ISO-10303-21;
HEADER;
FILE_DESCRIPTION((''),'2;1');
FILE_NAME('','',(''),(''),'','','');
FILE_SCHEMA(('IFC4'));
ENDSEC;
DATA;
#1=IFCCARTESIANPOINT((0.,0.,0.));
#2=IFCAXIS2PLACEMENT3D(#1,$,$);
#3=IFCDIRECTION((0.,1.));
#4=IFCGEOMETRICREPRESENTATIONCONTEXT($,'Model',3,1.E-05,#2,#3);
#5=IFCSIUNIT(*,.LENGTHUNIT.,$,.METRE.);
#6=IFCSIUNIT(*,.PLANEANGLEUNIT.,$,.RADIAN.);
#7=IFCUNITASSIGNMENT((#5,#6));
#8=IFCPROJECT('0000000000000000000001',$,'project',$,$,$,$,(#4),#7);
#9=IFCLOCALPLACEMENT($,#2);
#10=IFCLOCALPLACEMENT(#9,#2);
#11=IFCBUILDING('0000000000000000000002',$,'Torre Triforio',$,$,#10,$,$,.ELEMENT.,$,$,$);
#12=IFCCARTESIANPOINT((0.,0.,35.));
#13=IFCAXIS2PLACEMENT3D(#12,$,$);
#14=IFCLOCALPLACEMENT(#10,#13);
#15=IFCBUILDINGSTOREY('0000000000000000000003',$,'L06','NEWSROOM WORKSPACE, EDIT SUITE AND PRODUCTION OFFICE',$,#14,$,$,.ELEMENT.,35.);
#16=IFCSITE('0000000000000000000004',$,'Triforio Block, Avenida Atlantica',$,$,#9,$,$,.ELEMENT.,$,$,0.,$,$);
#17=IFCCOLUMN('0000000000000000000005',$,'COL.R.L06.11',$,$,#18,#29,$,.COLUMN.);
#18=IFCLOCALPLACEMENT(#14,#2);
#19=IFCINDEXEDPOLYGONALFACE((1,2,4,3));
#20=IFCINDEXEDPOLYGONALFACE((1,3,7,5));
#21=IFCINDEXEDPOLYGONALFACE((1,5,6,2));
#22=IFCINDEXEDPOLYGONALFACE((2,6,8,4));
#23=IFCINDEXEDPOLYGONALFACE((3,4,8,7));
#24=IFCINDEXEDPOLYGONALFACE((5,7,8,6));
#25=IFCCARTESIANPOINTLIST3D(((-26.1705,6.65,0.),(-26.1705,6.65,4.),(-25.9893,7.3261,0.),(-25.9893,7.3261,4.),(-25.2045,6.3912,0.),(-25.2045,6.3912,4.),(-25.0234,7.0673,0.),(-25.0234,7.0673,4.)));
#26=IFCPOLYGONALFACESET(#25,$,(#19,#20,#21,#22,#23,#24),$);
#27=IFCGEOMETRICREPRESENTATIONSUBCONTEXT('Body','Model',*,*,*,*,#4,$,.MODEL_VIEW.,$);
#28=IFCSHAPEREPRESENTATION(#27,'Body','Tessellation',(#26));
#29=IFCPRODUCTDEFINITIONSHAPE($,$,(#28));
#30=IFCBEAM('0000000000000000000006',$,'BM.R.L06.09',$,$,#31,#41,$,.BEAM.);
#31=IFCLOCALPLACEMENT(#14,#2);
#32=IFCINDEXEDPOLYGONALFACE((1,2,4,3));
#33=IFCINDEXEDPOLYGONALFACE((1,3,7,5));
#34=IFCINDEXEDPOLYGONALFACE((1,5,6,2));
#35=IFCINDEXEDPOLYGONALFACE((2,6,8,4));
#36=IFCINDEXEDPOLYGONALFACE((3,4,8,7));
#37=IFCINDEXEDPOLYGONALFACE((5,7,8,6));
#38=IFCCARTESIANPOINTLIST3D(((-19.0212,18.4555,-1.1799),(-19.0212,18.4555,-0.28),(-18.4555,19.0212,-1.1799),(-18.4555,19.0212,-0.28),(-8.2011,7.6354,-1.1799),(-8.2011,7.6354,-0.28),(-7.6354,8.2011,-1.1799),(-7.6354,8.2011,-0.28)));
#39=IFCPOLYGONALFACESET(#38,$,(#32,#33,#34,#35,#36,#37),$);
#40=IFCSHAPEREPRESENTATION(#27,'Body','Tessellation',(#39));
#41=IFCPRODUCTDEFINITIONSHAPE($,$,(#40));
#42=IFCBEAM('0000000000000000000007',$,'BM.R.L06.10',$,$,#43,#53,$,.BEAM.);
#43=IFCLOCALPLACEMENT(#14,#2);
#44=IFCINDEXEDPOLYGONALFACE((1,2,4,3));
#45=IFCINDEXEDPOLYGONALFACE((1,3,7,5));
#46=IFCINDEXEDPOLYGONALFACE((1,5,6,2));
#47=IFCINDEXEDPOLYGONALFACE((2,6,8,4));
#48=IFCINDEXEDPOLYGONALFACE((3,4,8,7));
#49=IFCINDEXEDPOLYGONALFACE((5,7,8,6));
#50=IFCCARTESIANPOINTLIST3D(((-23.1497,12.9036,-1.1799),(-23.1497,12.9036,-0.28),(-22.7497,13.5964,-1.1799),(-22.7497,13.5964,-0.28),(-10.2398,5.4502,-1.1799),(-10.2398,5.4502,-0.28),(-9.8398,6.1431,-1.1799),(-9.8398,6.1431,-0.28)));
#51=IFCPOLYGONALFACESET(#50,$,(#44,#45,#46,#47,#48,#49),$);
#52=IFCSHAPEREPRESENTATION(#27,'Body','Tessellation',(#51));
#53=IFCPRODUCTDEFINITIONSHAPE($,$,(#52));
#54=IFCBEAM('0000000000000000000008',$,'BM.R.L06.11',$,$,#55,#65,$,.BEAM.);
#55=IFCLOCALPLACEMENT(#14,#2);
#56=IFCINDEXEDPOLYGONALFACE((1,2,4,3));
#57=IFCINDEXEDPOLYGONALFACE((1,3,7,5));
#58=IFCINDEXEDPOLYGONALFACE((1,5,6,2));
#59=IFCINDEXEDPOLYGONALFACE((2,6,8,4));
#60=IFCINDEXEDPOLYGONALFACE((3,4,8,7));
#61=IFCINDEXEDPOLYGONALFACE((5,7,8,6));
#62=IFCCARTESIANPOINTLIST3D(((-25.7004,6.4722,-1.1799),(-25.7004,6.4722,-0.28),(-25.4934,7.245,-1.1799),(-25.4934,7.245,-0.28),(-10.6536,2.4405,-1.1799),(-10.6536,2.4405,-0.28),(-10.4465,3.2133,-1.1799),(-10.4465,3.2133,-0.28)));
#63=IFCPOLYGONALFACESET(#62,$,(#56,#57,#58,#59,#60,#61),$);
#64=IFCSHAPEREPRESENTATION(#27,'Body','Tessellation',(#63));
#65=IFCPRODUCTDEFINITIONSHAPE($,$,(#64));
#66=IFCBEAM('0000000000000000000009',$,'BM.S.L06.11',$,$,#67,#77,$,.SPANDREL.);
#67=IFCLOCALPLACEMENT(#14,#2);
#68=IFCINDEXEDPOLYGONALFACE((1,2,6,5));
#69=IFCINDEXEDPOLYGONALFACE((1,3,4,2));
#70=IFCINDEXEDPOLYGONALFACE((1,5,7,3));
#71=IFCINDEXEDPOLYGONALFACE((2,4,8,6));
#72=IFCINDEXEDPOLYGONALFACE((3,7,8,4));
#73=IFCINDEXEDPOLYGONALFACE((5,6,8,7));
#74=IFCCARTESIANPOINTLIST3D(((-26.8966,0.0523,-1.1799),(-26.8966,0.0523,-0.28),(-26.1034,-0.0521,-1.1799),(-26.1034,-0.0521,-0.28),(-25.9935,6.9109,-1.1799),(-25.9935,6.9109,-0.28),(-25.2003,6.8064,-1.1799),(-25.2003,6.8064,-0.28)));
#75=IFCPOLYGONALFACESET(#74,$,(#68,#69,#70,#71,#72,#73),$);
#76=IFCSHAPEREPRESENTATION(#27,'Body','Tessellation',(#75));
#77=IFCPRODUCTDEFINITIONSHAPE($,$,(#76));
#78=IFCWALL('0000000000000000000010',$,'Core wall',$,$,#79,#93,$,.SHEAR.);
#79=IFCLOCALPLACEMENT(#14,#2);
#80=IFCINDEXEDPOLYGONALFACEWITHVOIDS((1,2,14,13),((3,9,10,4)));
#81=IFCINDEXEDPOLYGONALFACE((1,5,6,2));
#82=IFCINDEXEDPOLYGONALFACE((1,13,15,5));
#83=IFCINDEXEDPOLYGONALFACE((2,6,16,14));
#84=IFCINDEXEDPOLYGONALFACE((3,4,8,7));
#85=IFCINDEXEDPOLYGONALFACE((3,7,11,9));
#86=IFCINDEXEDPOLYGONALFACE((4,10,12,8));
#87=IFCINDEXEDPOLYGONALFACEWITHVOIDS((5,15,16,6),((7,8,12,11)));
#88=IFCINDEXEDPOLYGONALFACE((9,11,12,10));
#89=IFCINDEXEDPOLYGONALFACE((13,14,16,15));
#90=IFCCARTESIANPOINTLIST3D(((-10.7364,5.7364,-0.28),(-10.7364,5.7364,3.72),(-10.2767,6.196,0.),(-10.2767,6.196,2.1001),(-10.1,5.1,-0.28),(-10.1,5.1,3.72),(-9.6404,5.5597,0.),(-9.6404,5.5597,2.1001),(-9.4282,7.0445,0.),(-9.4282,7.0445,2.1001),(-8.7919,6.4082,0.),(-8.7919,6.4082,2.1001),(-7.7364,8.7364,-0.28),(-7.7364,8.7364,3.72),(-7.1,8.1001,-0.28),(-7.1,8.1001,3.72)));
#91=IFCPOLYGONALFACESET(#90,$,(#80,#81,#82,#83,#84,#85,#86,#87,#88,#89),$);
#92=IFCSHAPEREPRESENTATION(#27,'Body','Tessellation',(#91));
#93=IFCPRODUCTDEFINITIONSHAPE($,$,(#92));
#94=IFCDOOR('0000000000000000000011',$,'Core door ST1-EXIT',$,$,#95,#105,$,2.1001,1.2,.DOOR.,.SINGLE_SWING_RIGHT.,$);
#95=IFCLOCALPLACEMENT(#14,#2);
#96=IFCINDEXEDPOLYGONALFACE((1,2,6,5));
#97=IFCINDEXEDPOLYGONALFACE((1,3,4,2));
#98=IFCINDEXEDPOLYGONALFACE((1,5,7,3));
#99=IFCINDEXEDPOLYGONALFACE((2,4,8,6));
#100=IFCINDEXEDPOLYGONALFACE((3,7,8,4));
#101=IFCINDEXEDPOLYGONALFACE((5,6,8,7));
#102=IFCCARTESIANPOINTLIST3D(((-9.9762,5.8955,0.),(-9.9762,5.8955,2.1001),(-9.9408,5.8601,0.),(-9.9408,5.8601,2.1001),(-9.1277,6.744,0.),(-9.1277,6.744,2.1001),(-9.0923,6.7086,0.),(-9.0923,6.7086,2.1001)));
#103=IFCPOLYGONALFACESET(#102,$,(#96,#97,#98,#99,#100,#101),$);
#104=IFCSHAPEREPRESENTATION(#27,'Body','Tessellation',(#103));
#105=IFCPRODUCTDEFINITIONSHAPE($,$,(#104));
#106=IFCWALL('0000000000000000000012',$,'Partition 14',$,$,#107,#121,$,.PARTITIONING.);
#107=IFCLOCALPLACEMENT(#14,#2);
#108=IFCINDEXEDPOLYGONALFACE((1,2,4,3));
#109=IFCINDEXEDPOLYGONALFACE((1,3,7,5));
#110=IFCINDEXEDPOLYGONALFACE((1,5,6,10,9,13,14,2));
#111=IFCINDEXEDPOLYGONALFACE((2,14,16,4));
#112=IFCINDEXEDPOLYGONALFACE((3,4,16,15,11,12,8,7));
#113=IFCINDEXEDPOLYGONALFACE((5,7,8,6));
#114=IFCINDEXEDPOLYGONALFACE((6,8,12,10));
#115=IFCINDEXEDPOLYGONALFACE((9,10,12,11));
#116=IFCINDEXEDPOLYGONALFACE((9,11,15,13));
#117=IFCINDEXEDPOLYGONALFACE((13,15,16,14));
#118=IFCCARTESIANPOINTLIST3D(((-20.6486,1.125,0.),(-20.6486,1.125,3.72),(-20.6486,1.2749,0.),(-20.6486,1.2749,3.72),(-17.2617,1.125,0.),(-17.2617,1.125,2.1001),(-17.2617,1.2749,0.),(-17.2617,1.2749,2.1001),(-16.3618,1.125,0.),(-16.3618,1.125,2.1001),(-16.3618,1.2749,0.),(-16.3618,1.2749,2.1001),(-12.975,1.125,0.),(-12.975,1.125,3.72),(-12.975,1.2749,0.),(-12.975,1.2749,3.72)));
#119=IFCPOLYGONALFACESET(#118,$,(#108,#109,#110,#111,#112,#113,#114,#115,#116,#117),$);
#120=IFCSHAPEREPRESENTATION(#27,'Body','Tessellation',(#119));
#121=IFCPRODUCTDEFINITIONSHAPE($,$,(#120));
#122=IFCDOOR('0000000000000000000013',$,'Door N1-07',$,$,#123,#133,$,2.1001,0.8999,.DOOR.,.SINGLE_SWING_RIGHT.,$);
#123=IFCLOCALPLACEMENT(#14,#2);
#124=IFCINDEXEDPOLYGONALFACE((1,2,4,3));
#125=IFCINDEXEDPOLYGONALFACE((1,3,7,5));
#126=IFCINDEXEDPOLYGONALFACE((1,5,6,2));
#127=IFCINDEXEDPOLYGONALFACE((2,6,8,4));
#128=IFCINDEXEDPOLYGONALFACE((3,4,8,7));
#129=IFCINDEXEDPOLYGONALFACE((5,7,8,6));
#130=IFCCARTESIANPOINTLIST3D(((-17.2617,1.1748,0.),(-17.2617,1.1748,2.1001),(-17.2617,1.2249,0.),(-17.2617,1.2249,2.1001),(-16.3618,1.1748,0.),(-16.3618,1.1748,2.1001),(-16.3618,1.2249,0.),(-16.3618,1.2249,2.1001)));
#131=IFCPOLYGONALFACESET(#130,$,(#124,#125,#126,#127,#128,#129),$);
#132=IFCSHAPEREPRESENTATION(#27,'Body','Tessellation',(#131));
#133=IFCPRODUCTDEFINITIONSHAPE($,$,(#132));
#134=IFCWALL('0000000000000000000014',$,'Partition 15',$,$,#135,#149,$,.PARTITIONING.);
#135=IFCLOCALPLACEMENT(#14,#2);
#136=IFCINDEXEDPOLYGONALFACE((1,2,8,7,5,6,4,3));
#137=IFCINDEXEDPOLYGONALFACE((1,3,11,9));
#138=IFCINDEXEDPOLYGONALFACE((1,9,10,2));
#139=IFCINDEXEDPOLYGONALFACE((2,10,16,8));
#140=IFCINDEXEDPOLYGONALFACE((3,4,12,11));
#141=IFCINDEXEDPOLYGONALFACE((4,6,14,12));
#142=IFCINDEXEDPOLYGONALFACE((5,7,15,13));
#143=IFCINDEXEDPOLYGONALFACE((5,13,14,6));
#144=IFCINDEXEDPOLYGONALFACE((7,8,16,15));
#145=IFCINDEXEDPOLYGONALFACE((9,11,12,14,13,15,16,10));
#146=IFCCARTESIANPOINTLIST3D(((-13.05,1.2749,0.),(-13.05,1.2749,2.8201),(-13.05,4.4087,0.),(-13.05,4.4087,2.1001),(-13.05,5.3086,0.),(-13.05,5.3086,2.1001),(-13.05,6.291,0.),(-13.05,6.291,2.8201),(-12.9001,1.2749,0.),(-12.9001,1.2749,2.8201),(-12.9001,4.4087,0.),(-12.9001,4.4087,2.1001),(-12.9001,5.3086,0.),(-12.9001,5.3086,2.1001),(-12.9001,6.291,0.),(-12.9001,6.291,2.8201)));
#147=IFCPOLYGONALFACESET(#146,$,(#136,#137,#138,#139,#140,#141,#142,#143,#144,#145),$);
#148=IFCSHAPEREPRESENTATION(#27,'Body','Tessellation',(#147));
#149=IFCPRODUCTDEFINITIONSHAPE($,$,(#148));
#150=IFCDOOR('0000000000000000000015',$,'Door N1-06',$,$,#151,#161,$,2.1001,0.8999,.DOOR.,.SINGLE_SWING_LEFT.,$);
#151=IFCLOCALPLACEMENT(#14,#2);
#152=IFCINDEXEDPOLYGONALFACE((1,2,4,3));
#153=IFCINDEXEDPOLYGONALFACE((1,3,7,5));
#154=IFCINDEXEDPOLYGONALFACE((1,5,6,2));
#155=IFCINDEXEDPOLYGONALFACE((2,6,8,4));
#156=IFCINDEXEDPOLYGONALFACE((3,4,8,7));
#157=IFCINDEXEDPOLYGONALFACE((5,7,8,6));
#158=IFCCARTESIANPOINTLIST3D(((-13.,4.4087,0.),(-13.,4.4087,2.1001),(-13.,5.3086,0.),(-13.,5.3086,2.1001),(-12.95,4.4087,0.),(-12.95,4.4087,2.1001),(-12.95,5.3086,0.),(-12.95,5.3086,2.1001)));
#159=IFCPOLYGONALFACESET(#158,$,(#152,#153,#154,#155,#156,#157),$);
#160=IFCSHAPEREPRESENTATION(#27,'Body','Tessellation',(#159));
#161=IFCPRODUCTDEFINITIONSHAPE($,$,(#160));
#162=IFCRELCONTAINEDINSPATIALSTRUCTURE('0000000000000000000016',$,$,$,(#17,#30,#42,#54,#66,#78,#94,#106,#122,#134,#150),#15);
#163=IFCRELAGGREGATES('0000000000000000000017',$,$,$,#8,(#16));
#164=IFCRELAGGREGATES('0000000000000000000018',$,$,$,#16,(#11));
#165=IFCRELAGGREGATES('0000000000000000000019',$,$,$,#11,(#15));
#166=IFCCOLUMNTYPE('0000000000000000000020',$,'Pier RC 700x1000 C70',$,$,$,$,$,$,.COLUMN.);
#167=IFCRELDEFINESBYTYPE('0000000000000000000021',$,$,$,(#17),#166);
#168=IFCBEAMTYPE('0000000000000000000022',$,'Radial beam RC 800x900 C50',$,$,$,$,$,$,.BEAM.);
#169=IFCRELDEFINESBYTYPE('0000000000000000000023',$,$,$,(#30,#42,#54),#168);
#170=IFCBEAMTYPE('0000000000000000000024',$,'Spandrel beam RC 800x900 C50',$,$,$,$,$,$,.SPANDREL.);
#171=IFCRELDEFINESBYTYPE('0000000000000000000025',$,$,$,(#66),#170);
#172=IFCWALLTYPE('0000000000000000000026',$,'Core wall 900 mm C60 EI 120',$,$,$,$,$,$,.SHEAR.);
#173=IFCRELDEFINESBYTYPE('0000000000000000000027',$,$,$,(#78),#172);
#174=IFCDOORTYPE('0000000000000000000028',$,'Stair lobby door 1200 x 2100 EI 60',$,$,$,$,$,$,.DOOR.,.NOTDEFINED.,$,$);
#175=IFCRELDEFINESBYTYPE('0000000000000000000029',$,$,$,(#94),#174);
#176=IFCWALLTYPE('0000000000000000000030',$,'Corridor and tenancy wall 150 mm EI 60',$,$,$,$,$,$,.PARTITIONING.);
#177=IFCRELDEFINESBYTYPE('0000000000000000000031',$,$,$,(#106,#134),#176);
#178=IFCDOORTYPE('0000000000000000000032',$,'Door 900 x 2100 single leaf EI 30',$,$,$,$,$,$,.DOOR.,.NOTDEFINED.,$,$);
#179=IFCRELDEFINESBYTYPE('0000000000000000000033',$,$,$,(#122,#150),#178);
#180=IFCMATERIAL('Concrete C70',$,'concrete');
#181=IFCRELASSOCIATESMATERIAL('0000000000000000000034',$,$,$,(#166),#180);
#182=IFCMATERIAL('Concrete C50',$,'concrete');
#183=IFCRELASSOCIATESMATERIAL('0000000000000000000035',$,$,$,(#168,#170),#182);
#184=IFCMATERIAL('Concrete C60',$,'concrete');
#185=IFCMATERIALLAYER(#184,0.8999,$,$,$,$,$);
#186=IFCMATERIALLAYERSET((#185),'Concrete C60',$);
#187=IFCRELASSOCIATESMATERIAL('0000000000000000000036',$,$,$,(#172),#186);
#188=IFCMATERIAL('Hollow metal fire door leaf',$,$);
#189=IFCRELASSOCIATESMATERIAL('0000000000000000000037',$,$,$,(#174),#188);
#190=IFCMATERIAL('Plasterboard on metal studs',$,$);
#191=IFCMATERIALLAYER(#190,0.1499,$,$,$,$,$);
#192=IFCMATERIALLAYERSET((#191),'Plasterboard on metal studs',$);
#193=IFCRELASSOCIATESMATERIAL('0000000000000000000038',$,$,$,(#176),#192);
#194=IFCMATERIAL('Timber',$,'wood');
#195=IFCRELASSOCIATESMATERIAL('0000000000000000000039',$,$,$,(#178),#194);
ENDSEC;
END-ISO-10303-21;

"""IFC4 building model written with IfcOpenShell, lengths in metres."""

from ifc_helpers import new_model, si_unit, direction, frame, frame_2d, origin, origin_2d, place, context, subcontext, project, spatial, rectangle, extrude, material, layer, layer_set, material_profile, profile_set, type_object, element, fill, save


model = new_model("IFC4")

# Units and contexts
model_context = context("Model", 3, precision=1e-05, world=origin(), true_north=direction((0.0, 1.0)))
body_context = subcontext(model_context, "Body", "Model", "MODEL_VIEW")
ifc_project = project(units=[si_unit("LENGTHUNIT", "METRE"), si_unit("PLANEANGLEUNIT", "RADIAN")], contexts=[model_context])

# Site, building, storey
site_placement = place(None, origin())
site = spatial("IfcSite", under=ifc_project, at=site_placement, Name="Triforio Block, Avenida Atlantica", CompositionType="ELEMENT", RefElevation=0.0)
building_placement = place(site_placement, origin())
building = spatial("IfcBuilding", under=site, at=building_placement, Name="Torre Triforio", CompositionType="ELEMENT")
storey_placement = place(building_placement, frame((0.0, 0.0, 35.0)))
storey = spatial("IfcBuildingStorey", under=building, at=storey_placement, Name="L06", Description="NEWSROOM WORKSPACE, EDIT SUITE AND PRODUCTION OFFICE", CompositionType="ELEMENT", Elevation=35.0)

# Column
ifc_material_1 = material(Name="Concrete C70", Category="concrete")
ifc_material_profile_1 = material_profile(ifc_material_1, rectangle(XDim=0.7, YDim=1.0, at=origin_2d()), Name="RC 700x1000")
ifc_profile_set_1 = profile_set([ifc_material_profile_1], Name="Concrete C70")
column_type = type_object("IfcColumnType", Name="Pier RC 700x1000 C70", PredefinedType="COLUMN", material=ifc_profile_set_1)
column_placement = place(storey_placement, frame((-25.5969, 6.8586, 0.0), z_axis=(0.0, 0.0, 1.0), x_axis=(-0.258819, -0.965926, 0.0)))
element("IfcColumn", 1, at=column_placement, inside=storey, type_object=column_type, Name="COL.R.L06.11", PredefinedType="COLUMN", context=body_context, shape_type="SweptSolid", body=[
    extrude(rectangle(XDim=0.7, YDim=1.0, at=origin_2d()), origin(), (0.0, 0.0, 1.0), 4.0),
])

# Beams
ifc_material_2 = material(Name="Concrete C50", Category="concrete")
ifc_material_profile_2 = material_profile(ifc_material_2, rectangle(XDim=0.8, YDim=0.8999, at=origin_2d()), Name="RC 800x900")
ifc_profile_set_2 = profile_set([ifc_material_profile_2], Name="Concrete C50")
beam_type_1 = type_object("IfcBeamType", Name="Radial beam RC 800x900 C50", PredefinedType="BEAM", material=ifc_profile_set_2)
beam_1_placement = place(storey_placement, frame((-7.9182, 7.9182, -0.73), z_axis=(-0.707107, 0.707107, 0.0), x_axis=(-0.707107, -0.707107, 0.0)))
element("IfcBeam", 2, at=beam_1_placement, inside=storey, type_object=beam_type_1, Name="BM.R.L06.09", PredefinedType="BEAM", context=body_context, shape_type="SweptSolid", body=[
    extrude(rectangle(XDim=0.8, YDim=0.8999, at=origin_2d()), origin(), (0.0, 0.0, 1.0), 15.302),
])
beam_2_placement = place(storey_placement, frame((-10.0398, 5.7966, -0.73), z_axis=(-0.86603, 0.499991, 0.0), x_axis=(-0.499991, -0.86603, 0.0)))
element("IfcBeam", 3, at=beam_2_placement, inside=storey, type_object=beam_type_1, Name="BM.R.L06.10", PredefinedType="BEAM", context=body_context, shape_type="SweptSolid", body=[
    extrude(rectangle(XDim=0.8, YDim=0.8999, at=origin_2d()), origin(), (0.0, 0.0, 1.0), 14.907),
])
beam_3_placement = place(storey_placement, frame((-10.55, 2.8269, -0.73), z_axis=(-0.965927, 0.258815, 0.0), x_axis=(-0.258815, -0.965927, 0.0)))
element("IfcBeam", 4, at=beam_3_placement, inside=storey, type_object=beam_type_1, Name="BM.R.L06.11", PredefinedType="BEAM", context=body_context, shape_type="SweptSolid", body=[
    extrude(rectangle(XDim=0.8, YDim=0.8999, at=origin_2d()), origin(), (0.0, 0.0, 1.0), 15.5776),
])
ifc_material_profile_3 = material_profile(ifc_material_2, rectangle(XDim=0.8, YDim=0.8999, at=origin_2d()), Name="RC 800x900")
ifc_profile_set_3 = profile_set([ifc_material_profile_3], Name="Concrete C50")
beam_type_2 = type_object("IfcBeamType", Name="Spandrel beam RC 800x900 C50", PredefinedType="SPANDREL", material=ifc_profile_set_3)
beam_4_placement = place(storey_placement, frame((-25.5969, 6.8586, -0.73), z_axis=(-0.130543, -0.991443, 0.0), x_axis=(0.991443, -0.130543, 0.0)))
element("IfcBeam", 5, at=beam_4_placement, inside=storey, type_object=beam_type_2, Name="BM.S.L06.11", PredefinedType="SPANDREL", context=body_context, shape_type="SweptSolid", body=[
    extrude(rectangle(XDim=0.8, YDim=0.8999, at=origin_2d()), origin(), (0.0, 0.0, 1.0), 6.9177),
])

# Walls, openings, doors
ifc_material_3 = material(Name="Concrete C60", Category="concrete")
ifc_layer_1 = layer(ifc_material_3, 0.8999)
ifc_layer_set_1 = layer_set([ifc_layer_1], Name="Concrete C60")
wall_type_1 = type_object("IfcWallType", Name="Core wall 900 mm C60 EI 120", PredefinedType="SHEAR", material=ifc_layer_set_1)
wall_1_placement = place(storey_placement, frame((-10.4182, 5.4182, -0.28), z_axis=(0.0, 0.0, 1.0), x_axis=(0.707107, 0.707107, 0.0)))
wall_1 = element("IfcWall", 6, at=wall_1_placement, inside=storey, type_object=wall_type_1, Name="Core wall", PredefinedType="SHEAR", context=body_context, shape_type="SweptSolid", body=[
    extrude(rectangle(XDim=4.2427, YDim=0.8999, at=frame_2d((2.1213, 0.0))), origin(), (0.0, 0.0, 1.0), 4.0),
])
opening_1_placement = place(wall_1_placement, frame((0.6499, 0.0, 0.28)))
opening_1 = element("IfcOpeningElement", 7, at=opening_1_placement, cuts=wall_1, PredefinedType="OPENING", context=body_context, shape_type="SweptSolid", body=[
    extrude(rectangle(XDim=1.2, YDim=2.1001, at=frame_2d((0.6001, 1.05))), frame((0.0, 0.46, 0.0), z_axis=(0.0, -1.0, 0.0), x_axis=(1.0, 0.0, 0.0)), (0.0, 0.0, 1.0), 0.9199),
])
ifc_material_4 = material(Name="Hollow metal fire door leaf")
door_type_1 = type_object("IfcDoorType", Name="Stair lobby door 1200 x 2100 EI 60", OperationType="NOTDEFINED", PredefinedType="DOOR", material=ifc_material_4)
door_1_placement = place(opening_1_placement, origin())
door_1 = element("IfcDoor", 8, at=door_1_placement, inside=storey, type_object=door_type_1, Name="Core door ST1-EXIT", OperationType="SINGLE_SWING_RIGHT", OverallHeight=2.1001, OverallWidth=1.2, PredefinedType="DOOR", context=body_context, shape_type="SweptSolid", body=[
    extrude(rectangle(XDim=1.2, YDim=2.1001, at=frame_2d((0.6001, 1.05))), frame((0.0, 0.0249, 0.0), z_axis=(0.0, -1.0, 0.0), x_axis=(1.0, 0.0, 0.0)), (0.0, 0.0, 1.0), 0.05),
])
fill(opening_1, door_1)
ifc_material_5 = material(Name="Plasterboard on metal studs")
ifc_layer_2 = layer(ifc_material_5, 0.1499)
ifc_layer_set_2 = layer_set([ifc_layer_2], Name="Plasterboard on metal studs")
wall_type_2 = type_object("IfcWallType", Name="Corridor and tenancy wall 150 mm EI 60", PredefinedType="PARTITIONING", material=ifc_layer_set_2)
wall_2_placement = place(storey_placement, frame((-20.6487, 1.2, 0.0), z_axis=(0.0, 0.0, 1.0), x_axis=(1.0, 0.0, 0.0)))
wall_2 = element("IfcWall", 9, at=wall_2_placement, inside=storey, type_object=wall_type_2, Name="Partition 14", PredefinedType="PARTITIONING", context=body_context, shape_type="SweptSolid", body=[
    extrude(rectangle(XDim=7.6736, YDim=0.1499, at=frame_2d((3.8369, 0.0))), origin(), (0.0, 0.0, 1.0), 3.72),
])
opening_2_placement = place(wall_2_placement, frame((3.387, 0.0, 0.0)))
opening_2 = element("IfcOpeningElement", 10, at=opening_2_placement, cuts=wall_2, PredefinedType="OPENING", context=body_context, shape_type="SweptSolid", body=[
    extrude(rectangle(XDim=0.8999, YDim=2.1001, at=frame_2d((0.45, 1.05))), frame((0.0, 0.085, 0.0), z_axis=(0.0, -1.0, 0.0), x_axis=(1.0, 0.0, 0.0)), (0.0, 0.0, 1.0), 0.1699),
])
ifc_material_6 = material(Name="Timber", Category="wood")
door_type_2 = type_object("IfcDoorType", Name="Door 900 x 2100 single leaf EI 30", OperationType="NOTDEFINED", PredefinedType="DOOR", material=ifc_material_6)
door_2_placement = place(opening_2_placement, origin())
door_2 = element("IfcDoor", 11, at=door_2_placement, inside=storey, type_object=door_type_2, Name="Door N1-07", OperationType="SINGLE_SWING_RIGHT", OverallHeight=2.1001, OverallWidth=0.8999, PredefinedType="DOOR", context=body_context, shape_type="SweptSolid", body=[
    extrude(rectangle(XDim=0.8999, YDim=2.1001, at=frame_2d((0.45, 1.05))), frame((0.0, 0.0249, 0.0), z_axis=(0.0, -1.0, 0.0), x_axis=(1.0, 0.0, 0.0)), (0.0, 0.0, 1.0), 0.05),
])
fill(opening_2, door_2)
wall_3_placement = place(storey_placement, frame((-12.9751, 1.2749, 0.0), z_axis=(0.0, 0.0, 1.0), x_axis=(0.0, 1.0, 0.0)))
wall_3 = element("IfcWall", 12, at=wall_3_placement, inside=storey, type_object=wall_type_2, Name="Partition 15", PredefinedType="PARTITIONING", context=body_context, shape_type="SweptSolid", body=[
    extrude(rectangle(XDim=5.0161, YDim=0.1499, at=frame_2d((2.5081, 0.0))), origin(), (0.0, 0.0, 1.0), 2.8201),
])
opening_3_placement = place(wall_3_placement, frame((3.1338, 0.0, 0.0)))
opening_3 = element("IfcOpeningElement", 13, at=opening_3_placement, cuts=wall_3, PredefinedType="OPENING", context=body_context, shape_type="SweptSolid", body=[
    extrude(rectangle(XDim=0.8999, YDim=2.1001, at=frame_2d((0.45, 1.05))), frame((0.0, 0.085, 0.0), z_axis=(0.0, -1.0, 0.0), x_axis=(1.0, 0.0, 0.0)), (0.0, 0.0, 1.0), 0.1699),
])
door_3_placement = place(opening_3_placement, origin())
door_3 = element("IfcDoor", 14, at=door_3_placement, inside=storey, type_object=door_type_2, Name="Door N1-06", OperationType="SINGLE_SWING_LEFT", OverallHeight=2.1001, OverallWidth=0.8999, PredefinedType="DOOR", context=body_context, shape_type="SweptSolid", body=[
    extrude(rectangle(XDim=0.8999, YDim=2.1001, at=frame_2d((0.45, 1.05))), frame((0.0, 0.0249, 0.0), z_axis=(0.0, -1.0, 0.0), x_axis=(1.0, 0.0, 0.0)), (0.0, 0.0, 1.0), 0.05),
])
fill(opening_3, door_3)

save(model, "model.ifc")
